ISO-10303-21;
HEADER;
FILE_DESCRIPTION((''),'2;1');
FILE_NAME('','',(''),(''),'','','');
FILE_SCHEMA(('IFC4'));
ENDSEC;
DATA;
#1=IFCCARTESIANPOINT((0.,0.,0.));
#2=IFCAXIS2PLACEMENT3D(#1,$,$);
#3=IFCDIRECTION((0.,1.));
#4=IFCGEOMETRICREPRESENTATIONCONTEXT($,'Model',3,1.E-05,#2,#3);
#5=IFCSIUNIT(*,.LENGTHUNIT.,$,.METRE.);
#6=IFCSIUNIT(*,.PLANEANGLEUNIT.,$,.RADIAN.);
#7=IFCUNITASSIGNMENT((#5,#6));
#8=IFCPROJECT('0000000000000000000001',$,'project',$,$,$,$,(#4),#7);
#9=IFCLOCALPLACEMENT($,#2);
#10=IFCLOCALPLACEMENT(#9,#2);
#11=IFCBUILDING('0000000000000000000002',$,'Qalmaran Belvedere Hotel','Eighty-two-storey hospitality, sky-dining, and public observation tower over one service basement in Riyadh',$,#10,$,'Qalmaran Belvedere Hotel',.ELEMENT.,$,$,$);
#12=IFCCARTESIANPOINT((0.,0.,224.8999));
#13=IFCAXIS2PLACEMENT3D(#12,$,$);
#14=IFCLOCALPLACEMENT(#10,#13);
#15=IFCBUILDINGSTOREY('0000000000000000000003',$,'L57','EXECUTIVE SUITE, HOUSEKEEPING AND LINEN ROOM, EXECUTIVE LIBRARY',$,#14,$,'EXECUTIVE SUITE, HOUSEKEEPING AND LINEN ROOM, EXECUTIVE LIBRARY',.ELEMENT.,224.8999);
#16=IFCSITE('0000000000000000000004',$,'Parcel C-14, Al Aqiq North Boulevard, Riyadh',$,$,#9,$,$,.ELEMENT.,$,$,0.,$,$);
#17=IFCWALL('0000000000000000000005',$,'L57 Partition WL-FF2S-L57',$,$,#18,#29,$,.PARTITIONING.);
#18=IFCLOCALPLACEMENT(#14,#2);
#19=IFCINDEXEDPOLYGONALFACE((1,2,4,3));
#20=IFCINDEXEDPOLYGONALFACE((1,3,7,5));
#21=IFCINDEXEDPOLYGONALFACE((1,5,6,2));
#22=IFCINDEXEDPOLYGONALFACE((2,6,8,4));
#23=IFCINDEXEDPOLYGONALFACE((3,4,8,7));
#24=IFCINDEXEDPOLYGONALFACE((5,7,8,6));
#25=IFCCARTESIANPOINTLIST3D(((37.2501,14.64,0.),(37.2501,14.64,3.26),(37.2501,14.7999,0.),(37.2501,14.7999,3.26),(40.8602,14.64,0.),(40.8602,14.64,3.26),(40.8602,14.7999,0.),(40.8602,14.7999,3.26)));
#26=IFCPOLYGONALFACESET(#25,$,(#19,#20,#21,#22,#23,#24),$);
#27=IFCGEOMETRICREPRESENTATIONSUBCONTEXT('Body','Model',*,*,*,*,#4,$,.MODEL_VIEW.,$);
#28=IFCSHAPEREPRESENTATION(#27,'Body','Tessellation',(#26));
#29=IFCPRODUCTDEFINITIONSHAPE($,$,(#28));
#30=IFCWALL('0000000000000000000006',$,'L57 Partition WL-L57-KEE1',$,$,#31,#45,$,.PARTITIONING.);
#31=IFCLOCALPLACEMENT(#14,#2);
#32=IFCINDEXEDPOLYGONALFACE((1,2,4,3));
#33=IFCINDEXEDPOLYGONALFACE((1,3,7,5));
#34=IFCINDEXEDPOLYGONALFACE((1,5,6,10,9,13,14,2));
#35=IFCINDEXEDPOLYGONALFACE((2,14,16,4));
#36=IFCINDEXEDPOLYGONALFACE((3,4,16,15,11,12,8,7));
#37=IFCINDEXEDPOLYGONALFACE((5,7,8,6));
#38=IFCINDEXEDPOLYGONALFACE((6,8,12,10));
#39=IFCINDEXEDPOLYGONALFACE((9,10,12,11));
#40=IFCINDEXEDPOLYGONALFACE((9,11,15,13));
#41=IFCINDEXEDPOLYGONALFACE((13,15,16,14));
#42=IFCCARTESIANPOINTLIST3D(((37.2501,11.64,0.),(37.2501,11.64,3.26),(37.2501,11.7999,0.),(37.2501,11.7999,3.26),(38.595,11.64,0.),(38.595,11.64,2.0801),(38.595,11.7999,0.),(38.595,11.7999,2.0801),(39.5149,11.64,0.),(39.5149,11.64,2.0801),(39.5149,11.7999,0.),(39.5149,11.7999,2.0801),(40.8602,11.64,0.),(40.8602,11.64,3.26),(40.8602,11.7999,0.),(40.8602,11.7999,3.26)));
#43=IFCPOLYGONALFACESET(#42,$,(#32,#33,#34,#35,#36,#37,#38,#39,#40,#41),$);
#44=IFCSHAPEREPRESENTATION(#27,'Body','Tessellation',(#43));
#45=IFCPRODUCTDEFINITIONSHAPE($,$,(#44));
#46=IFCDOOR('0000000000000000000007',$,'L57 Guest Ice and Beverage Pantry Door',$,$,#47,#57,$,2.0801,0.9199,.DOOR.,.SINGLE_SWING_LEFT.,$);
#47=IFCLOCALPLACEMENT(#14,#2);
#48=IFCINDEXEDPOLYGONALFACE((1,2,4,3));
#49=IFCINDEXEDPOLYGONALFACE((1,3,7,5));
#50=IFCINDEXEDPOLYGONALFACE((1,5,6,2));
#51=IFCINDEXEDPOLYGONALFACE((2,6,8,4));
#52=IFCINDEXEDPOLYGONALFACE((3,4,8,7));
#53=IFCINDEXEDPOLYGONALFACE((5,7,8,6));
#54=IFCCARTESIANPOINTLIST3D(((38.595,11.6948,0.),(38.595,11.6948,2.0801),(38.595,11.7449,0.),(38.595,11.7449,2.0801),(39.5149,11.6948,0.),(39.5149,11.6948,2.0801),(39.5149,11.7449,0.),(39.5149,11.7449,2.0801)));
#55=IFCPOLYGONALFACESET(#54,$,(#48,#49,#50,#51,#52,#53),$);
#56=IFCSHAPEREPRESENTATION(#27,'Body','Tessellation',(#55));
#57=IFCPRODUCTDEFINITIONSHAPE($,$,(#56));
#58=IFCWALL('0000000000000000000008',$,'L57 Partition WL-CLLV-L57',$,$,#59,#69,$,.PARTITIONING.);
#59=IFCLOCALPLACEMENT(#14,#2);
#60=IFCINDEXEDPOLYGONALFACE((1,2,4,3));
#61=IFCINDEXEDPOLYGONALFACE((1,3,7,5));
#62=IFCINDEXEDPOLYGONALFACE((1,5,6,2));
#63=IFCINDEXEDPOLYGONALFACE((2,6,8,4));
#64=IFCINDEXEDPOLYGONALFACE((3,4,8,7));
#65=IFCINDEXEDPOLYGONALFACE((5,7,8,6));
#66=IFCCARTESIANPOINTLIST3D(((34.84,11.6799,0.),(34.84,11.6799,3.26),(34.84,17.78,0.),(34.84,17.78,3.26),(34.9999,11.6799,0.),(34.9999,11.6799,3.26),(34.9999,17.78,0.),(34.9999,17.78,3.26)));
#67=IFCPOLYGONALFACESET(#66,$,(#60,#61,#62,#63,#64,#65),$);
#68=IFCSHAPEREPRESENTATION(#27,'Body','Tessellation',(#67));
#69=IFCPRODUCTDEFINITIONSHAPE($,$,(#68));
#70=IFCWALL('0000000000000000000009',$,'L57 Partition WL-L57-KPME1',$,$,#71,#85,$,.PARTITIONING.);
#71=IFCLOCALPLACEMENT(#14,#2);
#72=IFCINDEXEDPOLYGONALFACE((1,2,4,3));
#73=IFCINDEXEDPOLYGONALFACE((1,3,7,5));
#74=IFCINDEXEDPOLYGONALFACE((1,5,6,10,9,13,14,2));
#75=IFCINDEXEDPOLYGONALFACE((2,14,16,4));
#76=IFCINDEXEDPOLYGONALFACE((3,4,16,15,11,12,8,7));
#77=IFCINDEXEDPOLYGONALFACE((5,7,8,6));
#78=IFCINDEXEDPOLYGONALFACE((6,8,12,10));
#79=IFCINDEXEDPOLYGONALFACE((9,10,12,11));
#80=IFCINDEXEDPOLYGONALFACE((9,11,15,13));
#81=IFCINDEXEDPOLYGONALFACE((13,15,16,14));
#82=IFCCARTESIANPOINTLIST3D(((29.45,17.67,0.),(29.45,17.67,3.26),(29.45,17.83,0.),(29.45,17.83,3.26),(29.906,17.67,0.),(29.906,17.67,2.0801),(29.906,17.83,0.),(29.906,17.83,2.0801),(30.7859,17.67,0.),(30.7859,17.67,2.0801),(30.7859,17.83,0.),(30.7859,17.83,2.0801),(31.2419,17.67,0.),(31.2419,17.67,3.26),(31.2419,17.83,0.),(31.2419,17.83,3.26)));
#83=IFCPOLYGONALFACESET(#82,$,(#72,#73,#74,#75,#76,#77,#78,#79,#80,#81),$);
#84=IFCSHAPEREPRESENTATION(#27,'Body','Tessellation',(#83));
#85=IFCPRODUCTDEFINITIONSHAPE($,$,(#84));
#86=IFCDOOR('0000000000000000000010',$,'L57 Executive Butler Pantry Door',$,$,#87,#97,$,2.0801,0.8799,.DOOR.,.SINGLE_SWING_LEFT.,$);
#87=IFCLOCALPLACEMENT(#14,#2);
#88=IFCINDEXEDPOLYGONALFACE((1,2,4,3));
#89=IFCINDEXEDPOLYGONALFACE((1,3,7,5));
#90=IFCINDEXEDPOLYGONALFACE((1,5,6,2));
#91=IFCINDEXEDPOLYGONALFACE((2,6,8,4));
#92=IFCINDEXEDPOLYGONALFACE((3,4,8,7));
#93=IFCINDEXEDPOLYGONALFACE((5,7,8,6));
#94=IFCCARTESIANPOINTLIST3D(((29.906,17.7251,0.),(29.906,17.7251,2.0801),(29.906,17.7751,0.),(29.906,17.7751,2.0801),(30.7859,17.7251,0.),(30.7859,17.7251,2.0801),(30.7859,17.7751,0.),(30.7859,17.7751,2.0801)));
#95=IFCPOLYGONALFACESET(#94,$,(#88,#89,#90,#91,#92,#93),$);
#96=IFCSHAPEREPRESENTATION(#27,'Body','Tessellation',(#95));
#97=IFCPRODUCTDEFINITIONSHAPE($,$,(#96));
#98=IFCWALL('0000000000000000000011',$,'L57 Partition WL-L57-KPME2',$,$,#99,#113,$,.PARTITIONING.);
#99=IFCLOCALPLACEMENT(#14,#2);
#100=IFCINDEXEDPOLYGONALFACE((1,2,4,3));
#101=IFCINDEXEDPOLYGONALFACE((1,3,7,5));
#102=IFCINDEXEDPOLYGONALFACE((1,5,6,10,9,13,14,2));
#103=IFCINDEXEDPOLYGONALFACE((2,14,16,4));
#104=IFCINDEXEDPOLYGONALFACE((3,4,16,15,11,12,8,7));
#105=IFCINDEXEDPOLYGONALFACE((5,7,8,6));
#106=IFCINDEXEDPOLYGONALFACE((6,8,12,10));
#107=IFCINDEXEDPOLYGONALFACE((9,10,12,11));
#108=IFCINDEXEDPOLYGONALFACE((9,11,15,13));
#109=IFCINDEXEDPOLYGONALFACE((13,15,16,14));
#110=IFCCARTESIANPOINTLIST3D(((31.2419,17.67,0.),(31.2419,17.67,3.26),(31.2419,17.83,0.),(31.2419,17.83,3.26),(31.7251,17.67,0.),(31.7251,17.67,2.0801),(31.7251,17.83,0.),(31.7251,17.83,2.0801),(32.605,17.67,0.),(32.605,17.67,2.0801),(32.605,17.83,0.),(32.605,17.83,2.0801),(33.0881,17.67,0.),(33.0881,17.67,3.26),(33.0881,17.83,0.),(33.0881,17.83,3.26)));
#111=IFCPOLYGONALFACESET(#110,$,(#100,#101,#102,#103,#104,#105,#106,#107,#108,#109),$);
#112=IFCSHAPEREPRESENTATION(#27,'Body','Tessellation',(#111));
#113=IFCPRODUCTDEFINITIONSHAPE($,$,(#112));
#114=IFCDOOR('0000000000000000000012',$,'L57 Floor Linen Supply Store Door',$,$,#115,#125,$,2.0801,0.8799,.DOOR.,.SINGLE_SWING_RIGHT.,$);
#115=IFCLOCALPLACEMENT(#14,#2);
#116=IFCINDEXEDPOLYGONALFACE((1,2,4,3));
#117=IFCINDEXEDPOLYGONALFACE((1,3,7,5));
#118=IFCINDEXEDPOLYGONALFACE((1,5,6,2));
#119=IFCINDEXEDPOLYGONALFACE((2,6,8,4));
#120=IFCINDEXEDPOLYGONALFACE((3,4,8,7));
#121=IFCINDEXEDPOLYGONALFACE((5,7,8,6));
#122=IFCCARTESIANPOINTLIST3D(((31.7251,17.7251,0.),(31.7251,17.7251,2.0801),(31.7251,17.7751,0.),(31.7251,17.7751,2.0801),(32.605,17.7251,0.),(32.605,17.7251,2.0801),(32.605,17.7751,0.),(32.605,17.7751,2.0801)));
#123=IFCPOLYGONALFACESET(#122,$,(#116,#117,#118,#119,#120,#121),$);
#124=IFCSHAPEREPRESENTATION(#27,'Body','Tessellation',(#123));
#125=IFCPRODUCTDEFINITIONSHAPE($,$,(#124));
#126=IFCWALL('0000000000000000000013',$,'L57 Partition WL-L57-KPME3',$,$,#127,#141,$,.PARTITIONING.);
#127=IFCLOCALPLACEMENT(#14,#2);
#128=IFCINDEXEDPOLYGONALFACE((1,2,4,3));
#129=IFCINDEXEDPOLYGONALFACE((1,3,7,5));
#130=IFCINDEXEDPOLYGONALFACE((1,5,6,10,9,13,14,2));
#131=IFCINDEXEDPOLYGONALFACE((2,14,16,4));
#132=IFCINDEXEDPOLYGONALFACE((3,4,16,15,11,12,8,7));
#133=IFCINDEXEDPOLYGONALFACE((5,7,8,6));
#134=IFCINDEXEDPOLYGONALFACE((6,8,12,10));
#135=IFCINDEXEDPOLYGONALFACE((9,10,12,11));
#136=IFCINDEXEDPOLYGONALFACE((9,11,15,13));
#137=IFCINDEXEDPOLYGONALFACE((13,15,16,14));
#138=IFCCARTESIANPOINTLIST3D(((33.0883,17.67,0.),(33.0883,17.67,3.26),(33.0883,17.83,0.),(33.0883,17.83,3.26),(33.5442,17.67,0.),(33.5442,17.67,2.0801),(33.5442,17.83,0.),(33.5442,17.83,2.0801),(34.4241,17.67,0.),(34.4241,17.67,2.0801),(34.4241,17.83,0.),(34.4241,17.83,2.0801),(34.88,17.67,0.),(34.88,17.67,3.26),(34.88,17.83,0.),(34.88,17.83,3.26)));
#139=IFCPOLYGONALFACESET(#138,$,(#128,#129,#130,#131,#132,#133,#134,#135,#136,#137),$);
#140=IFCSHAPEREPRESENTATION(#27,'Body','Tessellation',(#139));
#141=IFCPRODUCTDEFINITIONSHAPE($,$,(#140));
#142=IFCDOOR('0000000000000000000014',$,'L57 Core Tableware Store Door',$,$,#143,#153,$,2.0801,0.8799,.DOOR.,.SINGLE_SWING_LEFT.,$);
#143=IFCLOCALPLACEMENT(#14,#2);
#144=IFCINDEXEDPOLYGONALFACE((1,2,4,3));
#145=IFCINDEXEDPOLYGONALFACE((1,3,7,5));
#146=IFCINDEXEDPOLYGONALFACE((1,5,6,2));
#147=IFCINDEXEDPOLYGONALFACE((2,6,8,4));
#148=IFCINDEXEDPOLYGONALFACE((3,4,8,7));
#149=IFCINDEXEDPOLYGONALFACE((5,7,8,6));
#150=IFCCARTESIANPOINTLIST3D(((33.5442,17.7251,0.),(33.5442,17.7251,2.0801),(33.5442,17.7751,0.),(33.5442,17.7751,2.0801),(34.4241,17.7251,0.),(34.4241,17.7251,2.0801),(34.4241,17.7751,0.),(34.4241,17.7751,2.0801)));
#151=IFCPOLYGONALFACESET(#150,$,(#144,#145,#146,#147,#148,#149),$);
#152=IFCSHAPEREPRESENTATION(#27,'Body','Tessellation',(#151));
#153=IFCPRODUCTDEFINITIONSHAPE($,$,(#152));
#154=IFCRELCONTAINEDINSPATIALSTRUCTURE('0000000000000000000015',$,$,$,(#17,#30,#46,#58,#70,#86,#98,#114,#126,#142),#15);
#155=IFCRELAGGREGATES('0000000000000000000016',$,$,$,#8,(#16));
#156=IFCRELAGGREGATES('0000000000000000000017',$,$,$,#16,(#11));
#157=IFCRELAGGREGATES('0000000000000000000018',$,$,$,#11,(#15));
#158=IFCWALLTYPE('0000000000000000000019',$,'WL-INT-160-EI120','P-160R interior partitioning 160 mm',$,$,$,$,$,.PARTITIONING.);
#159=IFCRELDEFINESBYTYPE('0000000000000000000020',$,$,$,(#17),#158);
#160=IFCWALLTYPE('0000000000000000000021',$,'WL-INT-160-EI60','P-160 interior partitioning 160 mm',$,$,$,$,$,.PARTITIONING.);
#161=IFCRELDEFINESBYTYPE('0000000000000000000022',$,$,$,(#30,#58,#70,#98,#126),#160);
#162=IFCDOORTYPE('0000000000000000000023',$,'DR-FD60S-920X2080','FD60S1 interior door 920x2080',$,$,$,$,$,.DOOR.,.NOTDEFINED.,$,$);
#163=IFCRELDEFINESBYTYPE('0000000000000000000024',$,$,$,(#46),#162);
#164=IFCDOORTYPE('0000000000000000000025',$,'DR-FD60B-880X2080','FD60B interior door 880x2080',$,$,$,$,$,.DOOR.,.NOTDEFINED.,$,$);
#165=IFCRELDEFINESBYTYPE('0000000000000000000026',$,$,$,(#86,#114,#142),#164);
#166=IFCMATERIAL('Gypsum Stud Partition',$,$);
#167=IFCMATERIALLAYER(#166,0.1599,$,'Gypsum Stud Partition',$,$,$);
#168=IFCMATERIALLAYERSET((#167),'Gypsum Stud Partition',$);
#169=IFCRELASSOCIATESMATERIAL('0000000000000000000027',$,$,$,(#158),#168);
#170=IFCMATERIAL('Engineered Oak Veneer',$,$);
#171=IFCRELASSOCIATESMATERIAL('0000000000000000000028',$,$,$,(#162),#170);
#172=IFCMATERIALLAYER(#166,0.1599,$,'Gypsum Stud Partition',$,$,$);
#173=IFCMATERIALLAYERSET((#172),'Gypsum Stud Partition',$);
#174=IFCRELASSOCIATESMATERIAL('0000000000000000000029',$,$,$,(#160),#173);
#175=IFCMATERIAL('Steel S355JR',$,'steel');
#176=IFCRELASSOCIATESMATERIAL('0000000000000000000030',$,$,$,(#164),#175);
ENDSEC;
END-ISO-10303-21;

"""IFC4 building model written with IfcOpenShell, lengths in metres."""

from ifc_helpers import new_model, si_unit, direction, frame, frame_2d, origin, place, context, subcontext, project, spatial, rectangle, extrude, material, layer, layer_set, type_object, element, fill, save


model = new_model("IFC4")

# Units and contexts
model_context = context("Model", 3, precision=1e-05, world=origin(), true_north=direction((0.0, 1.0)))
body_context = subcontext(model_context, "Body", "Model", "MODEL_VIEW")
ifc_project = project(units=[si_unit("LENGTHUNIT", "METRE"), si_unit("PLANEANGLEUNIT", "RADIAN")], contexts=[model_context])

# Site, building, storey
site_placement = place(None, origin())
site = spatial("IfcSite", under=ifc_project, at=site_placement, Name="Parcel C-14, Al Aqiq North Boulevard, Riyadh", CompositionType="ELEMENT", RefElevation=0.0)
building_placement = place(site_placement, origin())
building = spatial("IfcBuilding", under=site, at=building_placement, Name="Qalmaran Belvedere Hotel", Description="Eighty-two-storey hospitality, sky-dining, and public observation tower over one service basement in Riyadh", LongName="Qalmaran Belvedere Hotel", CompositionType="ELEMENT")
storey_placement = place(building_placement, frame((0.0, 0.0, 224.8999)))
storey = spatial("IfcBuildingStorey", under=building, at=storey_placement, Name="L57", Description="EXECUTIVE SUITE, HOUSEKEEPING AND LINEN ROOM, EXECUTIVE LIBRARY", LongName="EXECUTIVE SUITE, HOUSEKEEPING AND LINEN ROOM, EXECUTIVE LIBRARY", CompositionType="ELEMENT", Elevation=224.8999)

# Shared definitions
ifc_material_1 = material(Name="Steel S355JR", Category="steel")

# Shared definitions
ifc_material_2 = material(Name="Gypsum Stud Partition")

# Shared definitions
ifc_layer_1 = layer(ifc_material_2, 0.1599, Name="Gypsum Stud Partition")
ifc_layer_set_1 = layer_set([ifc_layer_1], Name="Gypsum Stud Partition")
wall_type_1 = type_object("IfcWallType", Name="WL-INT-160-EI120", Description="P-160R interior partitioning 160 mm", PredefinedType="PARTITIONING", material=ifc_layer_set_1)
ifc_material_3 = material(Name="Engineered Oak Veneer")
door_type_1 = type_object("IfcDoorType", Name="DR-FD60S-920X2080", Description="FD60S1 interior door 920x2080", OperationType="NOTDEFINED", PredefinedType="DOOR", material=ifc_material_3)

# Wall
wall_1_placement = place(storey_placement, frame((37.25, 14.72, 0.0), z_axis=(0.0, 0.0, 1.0), x_axis=(1.0, 0.0, 0.0)))
element("IfcWall", 1, at=wall_1_placement, inside=storey, type_object=wall_type_1, Name="L57 Partition WL-FF2S-L57", PredefinedType="PARTITIONING", context=body_context, shape_type="SweptSolid", body=[
    extrude(rectangle(XDim=3.6101, YDim=0.1599, at=frame_2d((1.8052, 0.0))), origin(), (0.0, 0.0, 1.0), 3.26),
])

# Wall, opening, door
ifc_layer_2 = layer(ifc_material_2, 0.1599, Name="Gypsum Stud Partition")
ifc_layer_set_2 = layer_set([ifc_layer_2], Name="Gypsum Stud Partition")
wall_type_2 = type_object("IfcWallType", Name="WL-INT-160-EI60", Description="P-160 interior partitioning 160 mm", PredefinedType="PARTITIONING", material=ifc_layer_set_2)
wall_2_placement = place(storey_placement, frame((37.25, 11.72, 0.0), z_axis=(0.0, 0.0, 1.0), x_axis=(1.0, 0.0, 0.0)))
wall_2 = element("IfcWall", 2, at=wall_2_placement, inside=storey, type_object=wall_type_2, Name="L57 Partition WL-L57-KEE1", PredefinedType="PARTITIONING", context=body_context, shape_type="SweptSolid", body=[
    extrude(rectangle(XDim=3.6101, YDim=0.1599, at=frame_2d((1.8052, 0.0))), origin(), (0.0, 0.0, 1.0), 3.26),
])
opening_1_placement = place(wall_2_placement, frame((1.345, 0.0, 0.0)))
opening_1 = element("IfcOpeningElement", 3, at=opening_1_placement, cuts=wall_2, PredefinedType="OPENING", context=body_context, shape_type="SweptSolid", body=[
    extrude(rectangle(XDim=0.9199, YDim=2.0801, at=frame_2d((0.46, 1.04))), frame((0.0, 0.0898, 0.0), z_axis=(0.0, -1.0, 0.0), x_axis=(1.0, 0.0, 0.0)), (0.0, 0.0, 1.0), 0.1799),
])
door_1_placement = place(opening_1_placement, origin())
door_1 = element("IfcDoor", 4, at=door_1_placement, inside=storey, type_object=door_type_1, Name="L57 Guest Ice and Beverage Pantry Door", OperationType="SINGLE_SWING_LEFT", OverallHeight=2.0801, OverallWidth=0.9199, PredefinedType="DOOR", context=body_context, shape_type="SweptSolid", body=[
    extrude(rectangle(XDim=0.9199, YDim=2.0801, at=frame_2d((0.46, 1.04))), frame((0.0, 0.0249, 0.0), z_axis=(0.0, -1.0, 0.0), x_axis=(1.0, 0.0, 0.0)), (0.0, 0.0, 1.0), 0.05),
])
fill(opening_1, door_1)

# Wall
wall_3_placement = place(storey_placement, frame((34.9199, 11.6799, 0.0), z_axis=(0.0, 0.0, 1.0), x_axis=(0.0, 1.0, 0.0)))
element("IfcWall", 5, at=wall_3_placement, inside=storey, type_object=wall_type_2, Name="L57 Partition WL-CLLV-L57", PredefinedType="PARTITIONING", context=body_context, shape_type="SweptSolid", body=[
    extrude(rectangle(XDim=6.1001, YDim=0.1599, at=frame_2d((3.05, 0.0))), origin(), (0.0, 0.0, 1.0), 3.26),
])

# Walls, openings, doors
wall_4_placement = place(storey_placement, frame((29.45, 17.75, 0.0), z_axis=(0.0, 0.0, 1.0), x_axis=(1.0, 0.0, 0.0)))
wall_4 = element("IfcWall", 6, at=wall_4_placement, inside=storey, type_object=wall_type_2, Name="L57 Partition WL-L57-KPME1", PredefinedType="PARTITIONING", context=body_context, shape_type="SweptSolid", body=[
    extrude(rectangle(XDim=1.792, YDim=0.1599, at=frame_2d((0.896, 0.0))), origin(), (0.0, 0.0, 1.0), 3.26),
])
opening_2_placement = place(wall_4_placement, frame((1.3359, 0.0, 0.0), z_axis=(0.0, 0.0, 1.0), x_axis=(-1.0, 0.0, 0.0)))
opening_2 = element("IfcOpeningElement", 7, at=opening_2_placement, cuts=wall_4, PredefinedType="OPENING", context=body_context, shape_type="SweptSolid", body=[
    extrude(rectangle(XDim=0.8799, YDim=2.0801, at=frame_2d((0.4399, 1.04))), frame((0.0, 0.0898, 0.0), z_axis=(0.0, -1.0, 0.0), x_axis=(1.0, 0.0, 0.0)), (0.0, 0.0, 1.0), 0.1799),
])
door_type_2 = type_object("IfcDoorType", Name="DR-FD60B-880X2080", Description="FD60B interior door 880x2080", OperationType="NOTDEFINED", PredefinedType="DOOR", material=ifc_material_1)
door_2_placement = place(opening_2_placement, origin())
door_2 = element("IfcDoor", 8, at=door_2_placement, inside=storey, type_object=door_type_2, Name="L57 Executive Butler Pantry Door", OperationType="SINGLE_SWING_LEFT", OverallHeight=2.0801, OverallWidth=0.8799, PredefinedType="DOOR", context=body_context, shape_type="SweptSolid", body=[
    extrude(rectangle(XDim=0.8799, YDim=2.0801, at=frame_2d((0.4399, 1.04))), frame((0.0, 0.0249, 0.0), z_axis=(0.0, -1.0, 0.0), x_axis=(1.0, 0.0, 0.0)), (0.0, 0.0, 1.0), 0.05),
])
fill(opening_2, door_2)
wall_5_placement = place(storey_placement, frame((31.2419, 17.75, 0.0), z_axis=(0.0, 0.0, 1.0), x_axis=(1.0, 0.0, 0.0)))
wall_5 = element("IfcWall", 9, at=wall_5_placement, inside=storey, type_object=wall_type_2, Name="L57 Partition WL-L57-KPME2", PredefinedType="PARTITIONING", context=body_context, shape_type="SweptSolid", body=[
    extrude(rectangle(XDim=1.8462, YDim=0.1599, at=frame_2d((0.9231, 0.0))), origin(), (0.0, 0.0, 1.0), 3.26),
])
opening_3_placement = place(wall_5_placement, frame((1.363, 0.0, 0.0), z_axis=(0.0, 0.0, 1.0), x_axis=(-1.0, 0.0, 0.0)))
opening_3 = element("IfcOpeningElement", 10, at=opening_3_placement, cuts=wall_5, PredefinedType="OPENING", context=body_context, shape_type="SweptSolid", body=[
    extrude(rectangle(XDim=0.8799, YDim=2.0801, at=frame_2d((0.4399, 1.04))), frame((0.0, 0.0898, 0.0), z_axis=(0.0, -1.0, 0.0), x_axis=(1.0, 0.0, 0.0)), (0.0, 0.0, 1.0), 0.1799),
])
door_3_placement = place(opening_3_placement, origin())
door_3 = element("IfcDoor", 11, at=door_3_placement, inside=storey, type_object=door_type_2, Name="L57 Floor Linen Supply Store Door", OperationType="SINGLE_SWING_RIGHT", OverallHeight=2.0801, OverallWidth=0.8799, PredefinedType="DOOR", context=body_context, shape_type="SweptSolid", body=[
    extrude(rectangle(XDim=0.8799, YDim=2.0801, at=frame_2d((0.4399, 1.04))), frame((0.0, 0.0249, 0.0), z_axis=(0.0, -1.0, 0.0), x_axis=(1.0, 0.0, 0.0)), (0.0, 0.0, 1.0), 0.05),
])
fill(opening_3, door_3)
wall_6_placement = place(storey_placement, frame((33.0881, 17.75, 0.0), z_axis=(0.0, 0.0, 1.0), x_axis=(1.0, 0.0, 0.0)))
wall_6 = element("IfcWall", 12, at=wall_6_placement, inside=storey, type_object=wall_type_2, Name="L57 Partition WL-L57-KPME3", PredefinedType="PARTITIONING", context=body_context, shape_type="SweptSolid", body=[
    extrude(rectangle(XDim=1.7917, YDim=0.1599, at=frame_2d((0.896, 0.0))), origin(), (0.0, 0.0, 1.0), 3.26),
])
opening_4_placement = place(wall_6_placement, frame((1.3359, 0.0, 0.0), z_axis=(0.0, 0.0, 1.0), x_axis=(-1.0, 0.0, 0.0)))
opening_4 = element("IfcOpeningElement", 13, at=opening_4_placement, cuts=wall_6, PredefinedType="OPENING", context=body_context, shape_type="SweptSolid", body=[
    extrude(rectangle(XDim=0.8799, YDim=2.0801, at=frame_2d((0.4399, 1.04))), frame((0.0, 0.0898, 0.0), z_axis=(0.0, -1.0, 0.0), x_axis=(1.0, 0.0, 0.0)), (0.0, 0.0, 1.0), 0.1799),
])
door_4_placement = place(opening_4_placement, origin())
door_4 = element("IfcDoor", 14, at=door_4_placement, inside=storey, type_object=door_type_2, Name="L57 Core Tableware Store Door", OperationType="SINGLE_SWING_LEFT", OverallHeight=2.0801, OverallWidth=0.8799, PredefinedType="DOOR", context=body_context, shape_type="SweptSolid", body=[
    extrude(rectangle(XDim=0.8799, YDim=2.0801, at=frame_2d((0.4399, 1.04))), frame((0.0, 0.0249, 0.0), z_axis=(0.0, -1.0, 0.0), x_axis=(1.0, 0.0, 0.0)), (0.0, 0.0, 1.0), 0.05),
])
fill(opening_4, door_4)

save(model, "model.ifc")
